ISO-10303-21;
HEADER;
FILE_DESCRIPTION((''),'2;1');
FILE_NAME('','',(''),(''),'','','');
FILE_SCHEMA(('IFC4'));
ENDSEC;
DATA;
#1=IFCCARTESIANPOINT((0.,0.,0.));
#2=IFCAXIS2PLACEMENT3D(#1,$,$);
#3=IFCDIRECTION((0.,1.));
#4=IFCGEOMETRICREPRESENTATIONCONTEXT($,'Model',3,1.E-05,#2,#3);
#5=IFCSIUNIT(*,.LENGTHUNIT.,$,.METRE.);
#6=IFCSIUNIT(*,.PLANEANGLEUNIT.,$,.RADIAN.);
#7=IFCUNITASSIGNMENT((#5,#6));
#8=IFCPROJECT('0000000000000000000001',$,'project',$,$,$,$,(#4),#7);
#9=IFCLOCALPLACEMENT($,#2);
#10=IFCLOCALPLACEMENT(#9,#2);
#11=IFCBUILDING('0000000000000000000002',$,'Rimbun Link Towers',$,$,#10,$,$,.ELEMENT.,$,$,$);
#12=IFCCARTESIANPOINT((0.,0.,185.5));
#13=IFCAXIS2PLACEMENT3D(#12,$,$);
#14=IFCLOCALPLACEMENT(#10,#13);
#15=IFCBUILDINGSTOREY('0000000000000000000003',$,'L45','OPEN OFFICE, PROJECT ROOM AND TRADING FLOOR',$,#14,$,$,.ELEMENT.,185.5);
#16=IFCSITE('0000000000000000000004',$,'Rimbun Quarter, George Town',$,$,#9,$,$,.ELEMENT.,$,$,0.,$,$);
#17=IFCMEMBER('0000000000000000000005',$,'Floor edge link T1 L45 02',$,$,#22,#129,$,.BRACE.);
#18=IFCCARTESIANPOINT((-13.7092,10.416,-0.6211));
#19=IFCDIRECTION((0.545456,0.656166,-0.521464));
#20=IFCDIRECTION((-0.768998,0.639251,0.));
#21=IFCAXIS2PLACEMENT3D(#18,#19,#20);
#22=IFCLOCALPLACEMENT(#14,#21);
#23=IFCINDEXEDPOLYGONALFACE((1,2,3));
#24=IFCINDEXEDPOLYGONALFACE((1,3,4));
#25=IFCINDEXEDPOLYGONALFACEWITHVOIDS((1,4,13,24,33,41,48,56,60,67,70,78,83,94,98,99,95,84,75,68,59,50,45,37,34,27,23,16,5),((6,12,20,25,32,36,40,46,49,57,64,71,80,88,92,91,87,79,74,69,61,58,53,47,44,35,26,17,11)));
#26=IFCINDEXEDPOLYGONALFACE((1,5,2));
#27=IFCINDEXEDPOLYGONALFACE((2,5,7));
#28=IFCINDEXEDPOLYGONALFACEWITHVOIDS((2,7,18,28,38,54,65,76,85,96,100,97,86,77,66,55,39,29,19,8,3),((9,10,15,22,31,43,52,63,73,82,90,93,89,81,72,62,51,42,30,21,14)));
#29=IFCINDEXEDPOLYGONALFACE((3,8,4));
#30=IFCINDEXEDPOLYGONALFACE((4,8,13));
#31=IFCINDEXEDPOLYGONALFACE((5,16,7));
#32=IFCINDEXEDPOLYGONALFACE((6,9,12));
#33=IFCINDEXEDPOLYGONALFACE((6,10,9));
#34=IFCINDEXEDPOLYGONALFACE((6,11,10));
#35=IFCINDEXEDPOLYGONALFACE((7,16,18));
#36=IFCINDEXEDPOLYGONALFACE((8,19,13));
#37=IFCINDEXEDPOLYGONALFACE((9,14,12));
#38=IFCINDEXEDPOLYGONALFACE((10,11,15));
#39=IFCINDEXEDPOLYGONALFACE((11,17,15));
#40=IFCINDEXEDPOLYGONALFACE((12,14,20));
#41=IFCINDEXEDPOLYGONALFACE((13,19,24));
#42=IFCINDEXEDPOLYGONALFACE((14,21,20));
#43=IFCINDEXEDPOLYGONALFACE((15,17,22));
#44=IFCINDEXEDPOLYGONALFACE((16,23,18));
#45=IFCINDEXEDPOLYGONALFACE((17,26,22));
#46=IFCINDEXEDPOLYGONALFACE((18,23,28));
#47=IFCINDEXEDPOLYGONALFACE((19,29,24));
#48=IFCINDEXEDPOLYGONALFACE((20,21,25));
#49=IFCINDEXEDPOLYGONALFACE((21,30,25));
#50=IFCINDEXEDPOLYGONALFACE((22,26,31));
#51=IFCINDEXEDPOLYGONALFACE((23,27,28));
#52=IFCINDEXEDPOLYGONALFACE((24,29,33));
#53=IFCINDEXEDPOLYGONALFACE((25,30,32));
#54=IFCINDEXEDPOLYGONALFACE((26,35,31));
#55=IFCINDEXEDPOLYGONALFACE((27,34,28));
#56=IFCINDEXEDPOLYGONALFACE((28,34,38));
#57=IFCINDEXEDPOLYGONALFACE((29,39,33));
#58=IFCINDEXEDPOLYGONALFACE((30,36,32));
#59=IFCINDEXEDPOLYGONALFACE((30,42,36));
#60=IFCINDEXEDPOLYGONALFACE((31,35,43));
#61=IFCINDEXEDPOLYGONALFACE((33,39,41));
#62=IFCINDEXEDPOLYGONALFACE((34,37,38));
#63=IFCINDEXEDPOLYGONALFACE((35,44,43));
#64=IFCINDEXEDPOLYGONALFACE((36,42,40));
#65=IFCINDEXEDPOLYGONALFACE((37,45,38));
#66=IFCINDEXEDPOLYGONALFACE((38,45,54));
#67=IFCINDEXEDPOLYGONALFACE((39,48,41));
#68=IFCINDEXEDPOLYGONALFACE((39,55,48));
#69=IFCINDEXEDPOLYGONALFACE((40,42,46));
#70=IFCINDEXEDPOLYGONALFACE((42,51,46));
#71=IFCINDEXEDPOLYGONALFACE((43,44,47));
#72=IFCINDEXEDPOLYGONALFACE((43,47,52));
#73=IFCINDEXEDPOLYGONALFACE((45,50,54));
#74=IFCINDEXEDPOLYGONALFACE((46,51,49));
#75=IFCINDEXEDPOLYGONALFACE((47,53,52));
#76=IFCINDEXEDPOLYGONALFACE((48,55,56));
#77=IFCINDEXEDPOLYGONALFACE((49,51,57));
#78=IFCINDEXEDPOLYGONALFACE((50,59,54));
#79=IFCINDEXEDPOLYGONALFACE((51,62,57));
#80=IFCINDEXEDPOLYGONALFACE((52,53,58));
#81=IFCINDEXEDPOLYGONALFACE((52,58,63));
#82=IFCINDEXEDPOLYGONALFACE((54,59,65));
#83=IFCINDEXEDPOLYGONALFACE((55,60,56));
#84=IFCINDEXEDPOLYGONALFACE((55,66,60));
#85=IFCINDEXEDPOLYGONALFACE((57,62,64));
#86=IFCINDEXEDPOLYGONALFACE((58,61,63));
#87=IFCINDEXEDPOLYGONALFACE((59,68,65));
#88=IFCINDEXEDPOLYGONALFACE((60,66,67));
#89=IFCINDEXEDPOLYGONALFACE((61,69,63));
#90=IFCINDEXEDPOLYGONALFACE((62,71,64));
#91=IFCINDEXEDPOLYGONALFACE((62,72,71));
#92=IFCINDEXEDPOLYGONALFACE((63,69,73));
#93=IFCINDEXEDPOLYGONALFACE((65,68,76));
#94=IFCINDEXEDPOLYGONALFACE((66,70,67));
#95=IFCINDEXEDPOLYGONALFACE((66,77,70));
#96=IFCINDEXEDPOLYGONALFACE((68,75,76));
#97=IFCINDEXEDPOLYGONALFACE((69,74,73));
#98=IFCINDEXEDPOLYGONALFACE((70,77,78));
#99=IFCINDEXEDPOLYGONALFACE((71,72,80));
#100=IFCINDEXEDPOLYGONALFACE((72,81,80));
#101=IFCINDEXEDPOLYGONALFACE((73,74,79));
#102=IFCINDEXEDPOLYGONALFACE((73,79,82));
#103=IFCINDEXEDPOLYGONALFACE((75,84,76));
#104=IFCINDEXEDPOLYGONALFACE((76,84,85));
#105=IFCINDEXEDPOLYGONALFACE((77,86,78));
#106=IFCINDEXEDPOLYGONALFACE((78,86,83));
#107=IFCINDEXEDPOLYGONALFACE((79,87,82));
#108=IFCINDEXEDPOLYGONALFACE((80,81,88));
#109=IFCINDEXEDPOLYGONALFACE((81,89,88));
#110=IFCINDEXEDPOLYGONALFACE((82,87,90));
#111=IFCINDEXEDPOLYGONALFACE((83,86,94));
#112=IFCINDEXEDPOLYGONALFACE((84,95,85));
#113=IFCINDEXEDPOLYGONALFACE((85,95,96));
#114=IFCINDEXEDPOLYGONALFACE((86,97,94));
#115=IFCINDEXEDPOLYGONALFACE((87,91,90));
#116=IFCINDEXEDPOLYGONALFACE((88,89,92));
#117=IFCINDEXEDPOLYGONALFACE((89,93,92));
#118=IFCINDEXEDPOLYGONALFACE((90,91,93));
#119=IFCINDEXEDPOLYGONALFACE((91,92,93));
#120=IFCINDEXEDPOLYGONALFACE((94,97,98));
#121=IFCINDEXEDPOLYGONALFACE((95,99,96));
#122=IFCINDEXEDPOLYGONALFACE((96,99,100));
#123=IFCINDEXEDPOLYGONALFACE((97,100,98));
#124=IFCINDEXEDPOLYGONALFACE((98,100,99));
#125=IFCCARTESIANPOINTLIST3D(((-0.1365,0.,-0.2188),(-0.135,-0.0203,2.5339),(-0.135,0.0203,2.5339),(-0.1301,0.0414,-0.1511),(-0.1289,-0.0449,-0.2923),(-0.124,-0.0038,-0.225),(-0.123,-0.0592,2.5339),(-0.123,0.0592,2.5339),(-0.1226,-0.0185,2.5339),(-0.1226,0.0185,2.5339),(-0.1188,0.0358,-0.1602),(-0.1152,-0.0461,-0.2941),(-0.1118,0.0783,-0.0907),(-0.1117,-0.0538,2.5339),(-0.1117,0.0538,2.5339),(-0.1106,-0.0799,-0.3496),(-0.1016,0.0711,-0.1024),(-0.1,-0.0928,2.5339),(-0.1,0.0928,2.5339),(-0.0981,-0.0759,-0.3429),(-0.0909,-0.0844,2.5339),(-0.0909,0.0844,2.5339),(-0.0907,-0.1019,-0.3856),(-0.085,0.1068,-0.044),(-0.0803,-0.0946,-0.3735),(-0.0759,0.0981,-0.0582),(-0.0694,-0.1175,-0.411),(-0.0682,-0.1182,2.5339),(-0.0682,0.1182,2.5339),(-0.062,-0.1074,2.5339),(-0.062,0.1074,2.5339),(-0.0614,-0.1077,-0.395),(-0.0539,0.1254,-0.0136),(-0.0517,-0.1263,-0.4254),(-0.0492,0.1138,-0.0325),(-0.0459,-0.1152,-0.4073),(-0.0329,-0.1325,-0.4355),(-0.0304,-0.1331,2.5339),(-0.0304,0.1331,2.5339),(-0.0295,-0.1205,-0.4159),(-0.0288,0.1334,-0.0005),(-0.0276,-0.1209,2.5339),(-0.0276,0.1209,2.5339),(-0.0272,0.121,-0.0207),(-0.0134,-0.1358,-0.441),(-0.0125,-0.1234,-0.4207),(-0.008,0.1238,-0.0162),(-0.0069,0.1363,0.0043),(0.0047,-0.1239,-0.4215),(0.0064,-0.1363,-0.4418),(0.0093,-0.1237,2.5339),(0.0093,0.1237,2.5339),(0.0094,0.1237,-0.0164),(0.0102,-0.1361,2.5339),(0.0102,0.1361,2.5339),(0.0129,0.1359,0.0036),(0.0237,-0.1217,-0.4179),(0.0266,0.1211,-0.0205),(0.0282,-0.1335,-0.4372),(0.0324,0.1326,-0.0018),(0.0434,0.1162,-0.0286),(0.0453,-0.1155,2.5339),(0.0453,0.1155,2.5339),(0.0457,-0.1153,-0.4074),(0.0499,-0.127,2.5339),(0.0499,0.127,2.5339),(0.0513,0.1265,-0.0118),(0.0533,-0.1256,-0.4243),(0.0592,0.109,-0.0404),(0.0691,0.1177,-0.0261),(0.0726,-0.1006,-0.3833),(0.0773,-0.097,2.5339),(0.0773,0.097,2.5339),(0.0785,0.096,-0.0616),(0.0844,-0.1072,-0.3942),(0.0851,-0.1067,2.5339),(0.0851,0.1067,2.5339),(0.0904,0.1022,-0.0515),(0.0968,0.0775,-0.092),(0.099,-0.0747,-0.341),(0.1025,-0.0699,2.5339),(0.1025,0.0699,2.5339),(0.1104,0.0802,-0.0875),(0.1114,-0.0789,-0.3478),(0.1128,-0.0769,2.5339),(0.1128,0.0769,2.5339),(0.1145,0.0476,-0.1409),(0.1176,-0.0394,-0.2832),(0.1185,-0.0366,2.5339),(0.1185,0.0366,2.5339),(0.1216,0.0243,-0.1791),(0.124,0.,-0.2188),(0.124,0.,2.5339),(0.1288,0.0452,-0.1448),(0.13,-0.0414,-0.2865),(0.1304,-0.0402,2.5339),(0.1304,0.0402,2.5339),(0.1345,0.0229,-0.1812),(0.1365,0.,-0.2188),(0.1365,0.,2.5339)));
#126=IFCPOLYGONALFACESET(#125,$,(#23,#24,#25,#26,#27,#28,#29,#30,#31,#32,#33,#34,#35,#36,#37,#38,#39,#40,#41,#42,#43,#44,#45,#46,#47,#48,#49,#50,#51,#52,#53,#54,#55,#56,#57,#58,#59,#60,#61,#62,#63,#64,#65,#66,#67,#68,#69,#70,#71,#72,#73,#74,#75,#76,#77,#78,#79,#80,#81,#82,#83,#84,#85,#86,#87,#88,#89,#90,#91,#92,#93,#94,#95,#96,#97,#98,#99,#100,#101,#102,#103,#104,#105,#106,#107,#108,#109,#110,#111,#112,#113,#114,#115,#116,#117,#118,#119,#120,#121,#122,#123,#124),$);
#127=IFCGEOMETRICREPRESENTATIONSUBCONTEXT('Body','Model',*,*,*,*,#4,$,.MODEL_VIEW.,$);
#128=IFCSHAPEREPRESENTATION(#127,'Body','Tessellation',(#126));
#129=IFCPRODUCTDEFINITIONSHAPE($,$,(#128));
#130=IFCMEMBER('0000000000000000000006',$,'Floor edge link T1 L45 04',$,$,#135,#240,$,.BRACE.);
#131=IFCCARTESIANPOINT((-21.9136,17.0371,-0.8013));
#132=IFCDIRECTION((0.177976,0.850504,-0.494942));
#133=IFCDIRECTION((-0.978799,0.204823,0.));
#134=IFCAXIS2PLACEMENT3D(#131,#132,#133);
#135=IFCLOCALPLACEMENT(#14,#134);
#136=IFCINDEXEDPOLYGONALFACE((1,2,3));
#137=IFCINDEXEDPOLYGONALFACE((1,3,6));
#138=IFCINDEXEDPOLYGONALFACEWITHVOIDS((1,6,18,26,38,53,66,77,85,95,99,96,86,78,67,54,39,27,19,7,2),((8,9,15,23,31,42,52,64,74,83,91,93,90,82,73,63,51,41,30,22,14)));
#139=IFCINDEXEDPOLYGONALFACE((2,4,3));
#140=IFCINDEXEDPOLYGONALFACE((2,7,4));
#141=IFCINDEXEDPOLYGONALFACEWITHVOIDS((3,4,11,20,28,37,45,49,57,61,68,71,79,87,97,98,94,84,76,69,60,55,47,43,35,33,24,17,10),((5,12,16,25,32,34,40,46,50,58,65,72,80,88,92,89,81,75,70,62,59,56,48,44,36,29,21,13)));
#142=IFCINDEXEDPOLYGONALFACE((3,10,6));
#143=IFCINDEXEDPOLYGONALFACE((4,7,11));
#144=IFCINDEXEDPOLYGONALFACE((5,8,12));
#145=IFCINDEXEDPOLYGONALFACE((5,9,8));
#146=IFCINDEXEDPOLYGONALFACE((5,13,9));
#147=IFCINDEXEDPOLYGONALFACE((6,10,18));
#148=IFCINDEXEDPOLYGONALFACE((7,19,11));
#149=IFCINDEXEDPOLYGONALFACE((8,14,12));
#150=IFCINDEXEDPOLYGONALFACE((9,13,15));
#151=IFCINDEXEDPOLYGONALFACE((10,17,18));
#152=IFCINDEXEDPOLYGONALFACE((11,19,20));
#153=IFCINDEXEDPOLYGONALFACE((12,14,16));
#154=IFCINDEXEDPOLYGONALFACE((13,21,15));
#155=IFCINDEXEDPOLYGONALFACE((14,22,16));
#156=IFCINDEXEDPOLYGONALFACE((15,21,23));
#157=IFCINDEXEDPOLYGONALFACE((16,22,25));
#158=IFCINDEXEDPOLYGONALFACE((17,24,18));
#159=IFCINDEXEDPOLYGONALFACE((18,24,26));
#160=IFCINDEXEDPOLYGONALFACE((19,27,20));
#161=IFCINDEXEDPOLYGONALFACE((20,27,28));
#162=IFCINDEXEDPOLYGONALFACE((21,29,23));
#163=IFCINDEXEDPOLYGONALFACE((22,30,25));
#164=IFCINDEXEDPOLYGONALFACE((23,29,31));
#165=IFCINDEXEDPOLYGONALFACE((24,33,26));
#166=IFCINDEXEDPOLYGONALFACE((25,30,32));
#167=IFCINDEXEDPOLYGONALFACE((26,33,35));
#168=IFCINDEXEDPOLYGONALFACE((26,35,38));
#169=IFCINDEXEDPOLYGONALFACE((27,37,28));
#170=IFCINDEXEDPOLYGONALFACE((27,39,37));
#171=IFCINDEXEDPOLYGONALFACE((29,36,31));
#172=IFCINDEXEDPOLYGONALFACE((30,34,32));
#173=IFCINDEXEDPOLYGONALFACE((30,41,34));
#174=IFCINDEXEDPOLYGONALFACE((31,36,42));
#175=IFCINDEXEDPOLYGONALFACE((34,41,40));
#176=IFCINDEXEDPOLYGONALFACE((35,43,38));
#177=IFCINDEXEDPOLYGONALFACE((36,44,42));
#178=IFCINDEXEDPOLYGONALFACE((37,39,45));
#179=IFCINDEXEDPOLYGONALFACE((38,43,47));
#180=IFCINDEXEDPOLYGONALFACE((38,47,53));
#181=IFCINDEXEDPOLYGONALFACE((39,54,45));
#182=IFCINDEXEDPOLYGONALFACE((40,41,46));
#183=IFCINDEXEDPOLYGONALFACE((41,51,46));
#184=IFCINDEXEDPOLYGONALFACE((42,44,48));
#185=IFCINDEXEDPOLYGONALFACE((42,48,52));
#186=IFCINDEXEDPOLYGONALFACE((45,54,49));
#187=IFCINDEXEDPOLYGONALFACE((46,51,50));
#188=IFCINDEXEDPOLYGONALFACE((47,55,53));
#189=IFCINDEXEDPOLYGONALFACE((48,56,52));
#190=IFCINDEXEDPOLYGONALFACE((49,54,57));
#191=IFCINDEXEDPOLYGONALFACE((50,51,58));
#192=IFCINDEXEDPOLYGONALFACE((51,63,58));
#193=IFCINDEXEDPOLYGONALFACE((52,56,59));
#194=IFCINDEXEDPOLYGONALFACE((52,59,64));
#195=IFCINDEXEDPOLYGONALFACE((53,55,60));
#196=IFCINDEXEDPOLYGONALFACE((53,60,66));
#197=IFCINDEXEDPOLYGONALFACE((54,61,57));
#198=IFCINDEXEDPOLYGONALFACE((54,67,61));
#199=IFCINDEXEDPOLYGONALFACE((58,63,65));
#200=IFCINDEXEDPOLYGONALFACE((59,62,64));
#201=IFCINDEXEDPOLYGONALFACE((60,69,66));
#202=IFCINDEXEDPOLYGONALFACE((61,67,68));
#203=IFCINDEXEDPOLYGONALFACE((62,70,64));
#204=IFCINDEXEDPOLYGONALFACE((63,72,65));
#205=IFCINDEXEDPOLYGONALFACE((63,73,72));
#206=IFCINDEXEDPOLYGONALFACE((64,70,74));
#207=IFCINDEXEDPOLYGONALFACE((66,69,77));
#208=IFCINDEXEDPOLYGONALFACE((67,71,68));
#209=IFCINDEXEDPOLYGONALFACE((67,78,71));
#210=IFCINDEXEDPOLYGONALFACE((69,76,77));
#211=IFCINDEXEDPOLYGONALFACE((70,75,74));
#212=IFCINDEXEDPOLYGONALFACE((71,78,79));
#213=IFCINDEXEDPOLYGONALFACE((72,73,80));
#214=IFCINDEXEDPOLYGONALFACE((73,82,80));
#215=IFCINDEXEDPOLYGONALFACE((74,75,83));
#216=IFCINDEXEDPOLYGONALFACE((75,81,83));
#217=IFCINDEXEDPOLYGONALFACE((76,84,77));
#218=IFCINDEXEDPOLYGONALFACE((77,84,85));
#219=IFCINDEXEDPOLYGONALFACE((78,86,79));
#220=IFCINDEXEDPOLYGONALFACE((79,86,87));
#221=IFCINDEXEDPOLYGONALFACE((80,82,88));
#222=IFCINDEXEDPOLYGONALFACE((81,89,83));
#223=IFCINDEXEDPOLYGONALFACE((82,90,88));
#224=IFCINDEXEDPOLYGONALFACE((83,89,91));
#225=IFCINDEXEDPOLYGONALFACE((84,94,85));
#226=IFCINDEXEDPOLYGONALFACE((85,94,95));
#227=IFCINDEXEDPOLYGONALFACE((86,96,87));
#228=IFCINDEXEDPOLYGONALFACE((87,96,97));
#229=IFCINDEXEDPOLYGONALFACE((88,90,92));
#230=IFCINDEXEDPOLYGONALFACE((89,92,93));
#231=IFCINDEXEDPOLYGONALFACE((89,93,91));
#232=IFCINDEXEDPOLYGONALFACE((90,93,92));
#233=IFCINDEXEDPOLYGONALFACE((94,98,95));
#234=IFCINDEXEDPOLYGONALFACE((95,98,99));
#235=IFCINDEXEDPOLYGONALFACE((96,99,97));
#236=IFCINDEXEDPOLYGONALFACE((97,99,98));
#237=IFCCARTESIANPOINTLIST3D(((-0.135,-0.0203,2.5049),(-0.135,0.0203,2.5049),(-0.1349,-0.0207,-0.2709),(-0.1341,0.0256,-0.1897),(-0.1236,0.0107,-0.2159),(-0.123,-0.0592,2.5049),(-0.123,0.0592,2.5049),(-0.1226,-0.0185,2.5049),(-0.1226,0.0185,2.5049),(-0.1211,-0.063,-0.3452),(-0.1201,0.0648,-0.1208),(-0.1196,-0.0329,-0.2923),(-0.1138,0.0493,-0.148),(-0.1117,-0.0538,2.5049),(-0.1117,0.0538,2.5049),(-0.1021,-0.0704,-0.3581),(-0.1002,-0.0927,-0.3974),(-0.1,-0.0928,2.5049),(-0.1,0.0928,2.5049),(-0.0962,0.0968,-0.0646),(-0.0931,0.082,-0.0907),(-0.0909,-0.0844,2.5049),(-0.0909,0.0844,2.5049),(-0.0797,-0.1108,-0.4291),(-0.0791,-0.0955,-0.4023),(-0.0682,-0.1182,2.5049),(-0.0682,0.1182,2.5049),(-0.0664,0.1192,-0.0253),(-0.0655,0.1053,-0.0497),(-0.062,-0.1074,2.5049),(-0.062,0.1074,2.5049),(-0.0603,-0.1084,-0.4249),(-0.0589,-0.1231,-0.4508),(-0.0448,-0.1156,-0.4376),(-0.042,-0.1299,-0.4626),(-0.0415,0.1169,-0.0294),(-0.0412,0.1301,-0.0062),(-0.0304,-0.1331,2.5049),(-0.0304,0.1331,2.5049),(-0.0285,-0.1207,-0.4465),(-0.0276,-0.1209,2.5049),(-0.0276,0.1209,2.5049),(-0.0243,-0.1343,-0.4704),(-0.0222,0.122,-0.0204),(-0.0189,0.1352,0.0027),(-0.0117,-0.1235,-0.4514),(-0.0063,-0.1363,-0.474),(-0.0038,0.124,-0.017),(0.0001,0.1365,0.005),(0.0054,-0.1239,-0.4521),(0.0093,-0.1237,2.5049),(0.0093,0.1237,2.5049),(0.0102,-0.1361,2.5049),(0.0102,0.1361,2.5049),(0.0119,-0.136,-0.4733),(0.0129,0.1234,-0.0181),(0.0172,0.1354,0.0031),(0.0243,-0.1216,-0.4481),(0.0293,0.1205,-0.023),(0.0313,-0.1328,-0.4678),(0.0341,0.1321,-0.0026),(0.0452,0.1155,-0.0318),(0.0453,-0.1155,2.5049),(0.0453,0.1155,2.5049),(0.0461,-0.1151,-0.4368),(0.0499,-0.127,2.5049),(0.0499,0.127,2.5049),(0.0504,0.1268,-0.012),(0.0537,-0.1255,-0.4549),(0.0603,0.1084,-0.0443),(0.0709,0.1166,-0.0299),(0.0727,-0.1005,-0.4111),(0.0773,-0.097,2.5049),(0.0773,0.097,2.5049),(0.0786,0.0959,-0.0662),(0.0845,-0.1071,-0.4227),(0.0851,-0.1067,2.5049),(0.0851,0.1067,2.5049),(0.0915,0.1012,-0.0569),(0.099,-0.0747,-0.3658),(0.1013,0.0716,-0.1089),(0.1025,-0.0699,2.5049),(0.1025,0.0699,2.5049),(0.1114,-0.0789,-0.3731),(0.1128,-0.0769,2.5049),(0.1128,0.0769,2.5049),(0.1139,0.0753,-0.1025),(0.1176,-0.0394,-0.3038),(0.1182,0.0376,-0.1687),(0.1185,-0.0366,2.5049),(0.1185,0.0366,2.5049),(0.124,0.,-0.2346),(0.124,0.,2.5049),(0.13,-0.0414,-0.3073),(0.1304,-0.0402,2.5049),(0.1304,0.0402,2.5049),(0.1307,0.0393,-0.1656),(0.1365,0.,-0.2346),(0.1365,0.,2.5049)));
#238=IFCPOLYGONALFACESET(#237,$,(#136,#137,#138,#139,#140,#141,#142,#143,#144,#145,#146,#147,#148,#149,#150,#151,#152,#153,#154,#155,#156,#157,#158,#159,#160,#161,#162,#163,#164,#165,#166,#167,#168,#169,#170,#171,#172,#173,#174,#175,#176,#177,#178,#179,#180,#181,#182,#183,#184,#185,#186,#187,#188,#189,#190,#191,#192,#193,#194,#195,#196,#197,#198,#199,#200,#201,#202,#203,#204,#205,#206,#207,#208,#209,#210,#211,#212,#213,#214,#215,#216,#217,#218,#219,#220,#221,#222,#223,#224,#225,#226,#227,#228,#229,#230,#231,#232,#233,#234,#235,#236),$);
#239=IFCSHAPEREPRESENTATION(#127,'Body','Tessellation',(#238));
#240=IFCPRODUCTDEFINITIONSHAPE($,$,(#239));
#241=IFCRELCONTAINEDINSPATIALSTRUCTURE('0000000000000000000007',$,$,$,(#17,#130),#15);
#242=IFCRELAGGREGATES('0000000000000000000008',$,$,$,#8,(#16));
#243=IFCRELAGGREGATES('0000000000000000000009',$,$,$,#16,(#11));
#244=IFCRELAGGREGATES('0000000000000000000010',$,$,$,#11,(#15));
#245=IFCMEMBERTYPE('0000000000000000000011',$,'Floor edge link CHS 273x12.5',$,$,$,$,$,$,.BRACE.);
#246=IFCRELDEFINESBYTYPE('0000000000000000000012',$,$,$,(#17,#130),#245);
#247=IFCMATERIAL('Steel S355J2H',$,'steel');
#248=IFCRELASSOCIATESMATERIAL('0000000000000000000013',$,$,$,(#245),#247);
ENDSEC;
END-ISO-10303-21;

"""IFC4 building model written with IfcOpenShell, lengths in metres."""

from ifc_helpers import new_model, si_unit, direction, frame, origin, origin_2d, place, context, subcontext, project, spatial, hollow_circle, extrude, clip, halfspace, material, material_profile, profile_set, type_object, element, save


model = new_model("IFC4")

# Units and contexts
model_context = context("Model", 3, precision=1e-05, world=origin(), true_north=direction((0.0, 1.0)))
body_context = subcontext(model_context, "Body", "Model", "MODEL_VIEW")
ifc_project = project(units=[si_unit("LENGTHUNIT", "METRE"), si_unit("PLANEANGLEUNIT", "RADIAN")], contexts=[model_context])

# Site, building, storey
site_placement = place(None, origin())
site = spatial("IfcSite", under=ifc_project, at=site_placement, Name="Rimbun Quarter, George Town", CompositionType="ELEMENT", RefElevation=0.0)
building_placement = place(site_placement, origin())
building = spatial("IfcBuilding", under=site, at=building_placement, Name="Rimbun Link Towers", CompositionType="ELEMENT")
storey_placement = place(building_placement, frame((0.0, 0.0, 185.5)))
storey = spatial("IfcBuildingStorey", under=building, at=storey_placement, Name="L45", Description="OPEN OFFICE, PROJECT ROOM AND TRADING FLOOR", CompositionType="ELEMENT", Elevation=185.5)

# Members
ifc_material_1 = material(Name="Steel S355J2H", Category="steel")
ifc_material_profile_1 = material_profile(ifc_material_1, hollow_circle(Radius=0.1365, WallThickness=0.0125, at=origin_2d()), Name="CHS 273x12.5")
ifc_profile_set_1 = profile_set([ifc_material_profile_1], Name="Steel S355J2H")
member_type_1 = type_object("IfcMemberType", Name="Floor edge link CHS 273x12.5", PredefinedType="BRACE", material=ifc_profile_set_1)
member_1_placement = place(storey_placement, frame((-13.7092, 10.416, -0.6211), z_axis=(0.545456, 0.656166, -0.521464), x_axis=(-0.768998, 0.639251, 0.0)))
element("IfcMember", 1, at=member_1_placement, inside=storey, type_object=member_type_1, Name="Floor edge link T1 L45 02", PredefinedType="BRACE", context=body_context, shape_type="Clipping", body=[
    clip(extrude(hollow_circle(Radius=0.1365, WallThickness=0.0125, at=origin_2d()), frame((0.0, 0.0, -0.4658)), (0.0, 0.0, 1.0), 2.9998), halfspace(frame((0.0, 0.0, -0.2188), z_axis=(0.0, 0.853273, -0.521464)), False)),
])
member_2_placement = place(storey_placement, frame((-21.9136, 17.0371, -0.8013), z_axis=(0.177976, 0.850504, -0.494942), x_axis=(-0.978799, 0.204823, 0.0)))
element("IfcMember", 2, at=member_2_placement, inside=storey, type_object=member_type_1, Name="Floor edge link T1 L45 04", PredefinedType="BRACE", context=body_context, shape_type="Clipping", body=[
    clip(extrude(hollow_circle(Radius=0.1365, WallThickness=0.0125, at=origin_2d()), frame((0.0, 0.0, -0.4995)), (0.0, 0.0, 1.0), 3.0044), halfspace(frame((0.0, 0.0, -0.2346), z_axis=(0.0, 0.868926, -0.494942)), False)),
])

save(model, "model.ifc")
